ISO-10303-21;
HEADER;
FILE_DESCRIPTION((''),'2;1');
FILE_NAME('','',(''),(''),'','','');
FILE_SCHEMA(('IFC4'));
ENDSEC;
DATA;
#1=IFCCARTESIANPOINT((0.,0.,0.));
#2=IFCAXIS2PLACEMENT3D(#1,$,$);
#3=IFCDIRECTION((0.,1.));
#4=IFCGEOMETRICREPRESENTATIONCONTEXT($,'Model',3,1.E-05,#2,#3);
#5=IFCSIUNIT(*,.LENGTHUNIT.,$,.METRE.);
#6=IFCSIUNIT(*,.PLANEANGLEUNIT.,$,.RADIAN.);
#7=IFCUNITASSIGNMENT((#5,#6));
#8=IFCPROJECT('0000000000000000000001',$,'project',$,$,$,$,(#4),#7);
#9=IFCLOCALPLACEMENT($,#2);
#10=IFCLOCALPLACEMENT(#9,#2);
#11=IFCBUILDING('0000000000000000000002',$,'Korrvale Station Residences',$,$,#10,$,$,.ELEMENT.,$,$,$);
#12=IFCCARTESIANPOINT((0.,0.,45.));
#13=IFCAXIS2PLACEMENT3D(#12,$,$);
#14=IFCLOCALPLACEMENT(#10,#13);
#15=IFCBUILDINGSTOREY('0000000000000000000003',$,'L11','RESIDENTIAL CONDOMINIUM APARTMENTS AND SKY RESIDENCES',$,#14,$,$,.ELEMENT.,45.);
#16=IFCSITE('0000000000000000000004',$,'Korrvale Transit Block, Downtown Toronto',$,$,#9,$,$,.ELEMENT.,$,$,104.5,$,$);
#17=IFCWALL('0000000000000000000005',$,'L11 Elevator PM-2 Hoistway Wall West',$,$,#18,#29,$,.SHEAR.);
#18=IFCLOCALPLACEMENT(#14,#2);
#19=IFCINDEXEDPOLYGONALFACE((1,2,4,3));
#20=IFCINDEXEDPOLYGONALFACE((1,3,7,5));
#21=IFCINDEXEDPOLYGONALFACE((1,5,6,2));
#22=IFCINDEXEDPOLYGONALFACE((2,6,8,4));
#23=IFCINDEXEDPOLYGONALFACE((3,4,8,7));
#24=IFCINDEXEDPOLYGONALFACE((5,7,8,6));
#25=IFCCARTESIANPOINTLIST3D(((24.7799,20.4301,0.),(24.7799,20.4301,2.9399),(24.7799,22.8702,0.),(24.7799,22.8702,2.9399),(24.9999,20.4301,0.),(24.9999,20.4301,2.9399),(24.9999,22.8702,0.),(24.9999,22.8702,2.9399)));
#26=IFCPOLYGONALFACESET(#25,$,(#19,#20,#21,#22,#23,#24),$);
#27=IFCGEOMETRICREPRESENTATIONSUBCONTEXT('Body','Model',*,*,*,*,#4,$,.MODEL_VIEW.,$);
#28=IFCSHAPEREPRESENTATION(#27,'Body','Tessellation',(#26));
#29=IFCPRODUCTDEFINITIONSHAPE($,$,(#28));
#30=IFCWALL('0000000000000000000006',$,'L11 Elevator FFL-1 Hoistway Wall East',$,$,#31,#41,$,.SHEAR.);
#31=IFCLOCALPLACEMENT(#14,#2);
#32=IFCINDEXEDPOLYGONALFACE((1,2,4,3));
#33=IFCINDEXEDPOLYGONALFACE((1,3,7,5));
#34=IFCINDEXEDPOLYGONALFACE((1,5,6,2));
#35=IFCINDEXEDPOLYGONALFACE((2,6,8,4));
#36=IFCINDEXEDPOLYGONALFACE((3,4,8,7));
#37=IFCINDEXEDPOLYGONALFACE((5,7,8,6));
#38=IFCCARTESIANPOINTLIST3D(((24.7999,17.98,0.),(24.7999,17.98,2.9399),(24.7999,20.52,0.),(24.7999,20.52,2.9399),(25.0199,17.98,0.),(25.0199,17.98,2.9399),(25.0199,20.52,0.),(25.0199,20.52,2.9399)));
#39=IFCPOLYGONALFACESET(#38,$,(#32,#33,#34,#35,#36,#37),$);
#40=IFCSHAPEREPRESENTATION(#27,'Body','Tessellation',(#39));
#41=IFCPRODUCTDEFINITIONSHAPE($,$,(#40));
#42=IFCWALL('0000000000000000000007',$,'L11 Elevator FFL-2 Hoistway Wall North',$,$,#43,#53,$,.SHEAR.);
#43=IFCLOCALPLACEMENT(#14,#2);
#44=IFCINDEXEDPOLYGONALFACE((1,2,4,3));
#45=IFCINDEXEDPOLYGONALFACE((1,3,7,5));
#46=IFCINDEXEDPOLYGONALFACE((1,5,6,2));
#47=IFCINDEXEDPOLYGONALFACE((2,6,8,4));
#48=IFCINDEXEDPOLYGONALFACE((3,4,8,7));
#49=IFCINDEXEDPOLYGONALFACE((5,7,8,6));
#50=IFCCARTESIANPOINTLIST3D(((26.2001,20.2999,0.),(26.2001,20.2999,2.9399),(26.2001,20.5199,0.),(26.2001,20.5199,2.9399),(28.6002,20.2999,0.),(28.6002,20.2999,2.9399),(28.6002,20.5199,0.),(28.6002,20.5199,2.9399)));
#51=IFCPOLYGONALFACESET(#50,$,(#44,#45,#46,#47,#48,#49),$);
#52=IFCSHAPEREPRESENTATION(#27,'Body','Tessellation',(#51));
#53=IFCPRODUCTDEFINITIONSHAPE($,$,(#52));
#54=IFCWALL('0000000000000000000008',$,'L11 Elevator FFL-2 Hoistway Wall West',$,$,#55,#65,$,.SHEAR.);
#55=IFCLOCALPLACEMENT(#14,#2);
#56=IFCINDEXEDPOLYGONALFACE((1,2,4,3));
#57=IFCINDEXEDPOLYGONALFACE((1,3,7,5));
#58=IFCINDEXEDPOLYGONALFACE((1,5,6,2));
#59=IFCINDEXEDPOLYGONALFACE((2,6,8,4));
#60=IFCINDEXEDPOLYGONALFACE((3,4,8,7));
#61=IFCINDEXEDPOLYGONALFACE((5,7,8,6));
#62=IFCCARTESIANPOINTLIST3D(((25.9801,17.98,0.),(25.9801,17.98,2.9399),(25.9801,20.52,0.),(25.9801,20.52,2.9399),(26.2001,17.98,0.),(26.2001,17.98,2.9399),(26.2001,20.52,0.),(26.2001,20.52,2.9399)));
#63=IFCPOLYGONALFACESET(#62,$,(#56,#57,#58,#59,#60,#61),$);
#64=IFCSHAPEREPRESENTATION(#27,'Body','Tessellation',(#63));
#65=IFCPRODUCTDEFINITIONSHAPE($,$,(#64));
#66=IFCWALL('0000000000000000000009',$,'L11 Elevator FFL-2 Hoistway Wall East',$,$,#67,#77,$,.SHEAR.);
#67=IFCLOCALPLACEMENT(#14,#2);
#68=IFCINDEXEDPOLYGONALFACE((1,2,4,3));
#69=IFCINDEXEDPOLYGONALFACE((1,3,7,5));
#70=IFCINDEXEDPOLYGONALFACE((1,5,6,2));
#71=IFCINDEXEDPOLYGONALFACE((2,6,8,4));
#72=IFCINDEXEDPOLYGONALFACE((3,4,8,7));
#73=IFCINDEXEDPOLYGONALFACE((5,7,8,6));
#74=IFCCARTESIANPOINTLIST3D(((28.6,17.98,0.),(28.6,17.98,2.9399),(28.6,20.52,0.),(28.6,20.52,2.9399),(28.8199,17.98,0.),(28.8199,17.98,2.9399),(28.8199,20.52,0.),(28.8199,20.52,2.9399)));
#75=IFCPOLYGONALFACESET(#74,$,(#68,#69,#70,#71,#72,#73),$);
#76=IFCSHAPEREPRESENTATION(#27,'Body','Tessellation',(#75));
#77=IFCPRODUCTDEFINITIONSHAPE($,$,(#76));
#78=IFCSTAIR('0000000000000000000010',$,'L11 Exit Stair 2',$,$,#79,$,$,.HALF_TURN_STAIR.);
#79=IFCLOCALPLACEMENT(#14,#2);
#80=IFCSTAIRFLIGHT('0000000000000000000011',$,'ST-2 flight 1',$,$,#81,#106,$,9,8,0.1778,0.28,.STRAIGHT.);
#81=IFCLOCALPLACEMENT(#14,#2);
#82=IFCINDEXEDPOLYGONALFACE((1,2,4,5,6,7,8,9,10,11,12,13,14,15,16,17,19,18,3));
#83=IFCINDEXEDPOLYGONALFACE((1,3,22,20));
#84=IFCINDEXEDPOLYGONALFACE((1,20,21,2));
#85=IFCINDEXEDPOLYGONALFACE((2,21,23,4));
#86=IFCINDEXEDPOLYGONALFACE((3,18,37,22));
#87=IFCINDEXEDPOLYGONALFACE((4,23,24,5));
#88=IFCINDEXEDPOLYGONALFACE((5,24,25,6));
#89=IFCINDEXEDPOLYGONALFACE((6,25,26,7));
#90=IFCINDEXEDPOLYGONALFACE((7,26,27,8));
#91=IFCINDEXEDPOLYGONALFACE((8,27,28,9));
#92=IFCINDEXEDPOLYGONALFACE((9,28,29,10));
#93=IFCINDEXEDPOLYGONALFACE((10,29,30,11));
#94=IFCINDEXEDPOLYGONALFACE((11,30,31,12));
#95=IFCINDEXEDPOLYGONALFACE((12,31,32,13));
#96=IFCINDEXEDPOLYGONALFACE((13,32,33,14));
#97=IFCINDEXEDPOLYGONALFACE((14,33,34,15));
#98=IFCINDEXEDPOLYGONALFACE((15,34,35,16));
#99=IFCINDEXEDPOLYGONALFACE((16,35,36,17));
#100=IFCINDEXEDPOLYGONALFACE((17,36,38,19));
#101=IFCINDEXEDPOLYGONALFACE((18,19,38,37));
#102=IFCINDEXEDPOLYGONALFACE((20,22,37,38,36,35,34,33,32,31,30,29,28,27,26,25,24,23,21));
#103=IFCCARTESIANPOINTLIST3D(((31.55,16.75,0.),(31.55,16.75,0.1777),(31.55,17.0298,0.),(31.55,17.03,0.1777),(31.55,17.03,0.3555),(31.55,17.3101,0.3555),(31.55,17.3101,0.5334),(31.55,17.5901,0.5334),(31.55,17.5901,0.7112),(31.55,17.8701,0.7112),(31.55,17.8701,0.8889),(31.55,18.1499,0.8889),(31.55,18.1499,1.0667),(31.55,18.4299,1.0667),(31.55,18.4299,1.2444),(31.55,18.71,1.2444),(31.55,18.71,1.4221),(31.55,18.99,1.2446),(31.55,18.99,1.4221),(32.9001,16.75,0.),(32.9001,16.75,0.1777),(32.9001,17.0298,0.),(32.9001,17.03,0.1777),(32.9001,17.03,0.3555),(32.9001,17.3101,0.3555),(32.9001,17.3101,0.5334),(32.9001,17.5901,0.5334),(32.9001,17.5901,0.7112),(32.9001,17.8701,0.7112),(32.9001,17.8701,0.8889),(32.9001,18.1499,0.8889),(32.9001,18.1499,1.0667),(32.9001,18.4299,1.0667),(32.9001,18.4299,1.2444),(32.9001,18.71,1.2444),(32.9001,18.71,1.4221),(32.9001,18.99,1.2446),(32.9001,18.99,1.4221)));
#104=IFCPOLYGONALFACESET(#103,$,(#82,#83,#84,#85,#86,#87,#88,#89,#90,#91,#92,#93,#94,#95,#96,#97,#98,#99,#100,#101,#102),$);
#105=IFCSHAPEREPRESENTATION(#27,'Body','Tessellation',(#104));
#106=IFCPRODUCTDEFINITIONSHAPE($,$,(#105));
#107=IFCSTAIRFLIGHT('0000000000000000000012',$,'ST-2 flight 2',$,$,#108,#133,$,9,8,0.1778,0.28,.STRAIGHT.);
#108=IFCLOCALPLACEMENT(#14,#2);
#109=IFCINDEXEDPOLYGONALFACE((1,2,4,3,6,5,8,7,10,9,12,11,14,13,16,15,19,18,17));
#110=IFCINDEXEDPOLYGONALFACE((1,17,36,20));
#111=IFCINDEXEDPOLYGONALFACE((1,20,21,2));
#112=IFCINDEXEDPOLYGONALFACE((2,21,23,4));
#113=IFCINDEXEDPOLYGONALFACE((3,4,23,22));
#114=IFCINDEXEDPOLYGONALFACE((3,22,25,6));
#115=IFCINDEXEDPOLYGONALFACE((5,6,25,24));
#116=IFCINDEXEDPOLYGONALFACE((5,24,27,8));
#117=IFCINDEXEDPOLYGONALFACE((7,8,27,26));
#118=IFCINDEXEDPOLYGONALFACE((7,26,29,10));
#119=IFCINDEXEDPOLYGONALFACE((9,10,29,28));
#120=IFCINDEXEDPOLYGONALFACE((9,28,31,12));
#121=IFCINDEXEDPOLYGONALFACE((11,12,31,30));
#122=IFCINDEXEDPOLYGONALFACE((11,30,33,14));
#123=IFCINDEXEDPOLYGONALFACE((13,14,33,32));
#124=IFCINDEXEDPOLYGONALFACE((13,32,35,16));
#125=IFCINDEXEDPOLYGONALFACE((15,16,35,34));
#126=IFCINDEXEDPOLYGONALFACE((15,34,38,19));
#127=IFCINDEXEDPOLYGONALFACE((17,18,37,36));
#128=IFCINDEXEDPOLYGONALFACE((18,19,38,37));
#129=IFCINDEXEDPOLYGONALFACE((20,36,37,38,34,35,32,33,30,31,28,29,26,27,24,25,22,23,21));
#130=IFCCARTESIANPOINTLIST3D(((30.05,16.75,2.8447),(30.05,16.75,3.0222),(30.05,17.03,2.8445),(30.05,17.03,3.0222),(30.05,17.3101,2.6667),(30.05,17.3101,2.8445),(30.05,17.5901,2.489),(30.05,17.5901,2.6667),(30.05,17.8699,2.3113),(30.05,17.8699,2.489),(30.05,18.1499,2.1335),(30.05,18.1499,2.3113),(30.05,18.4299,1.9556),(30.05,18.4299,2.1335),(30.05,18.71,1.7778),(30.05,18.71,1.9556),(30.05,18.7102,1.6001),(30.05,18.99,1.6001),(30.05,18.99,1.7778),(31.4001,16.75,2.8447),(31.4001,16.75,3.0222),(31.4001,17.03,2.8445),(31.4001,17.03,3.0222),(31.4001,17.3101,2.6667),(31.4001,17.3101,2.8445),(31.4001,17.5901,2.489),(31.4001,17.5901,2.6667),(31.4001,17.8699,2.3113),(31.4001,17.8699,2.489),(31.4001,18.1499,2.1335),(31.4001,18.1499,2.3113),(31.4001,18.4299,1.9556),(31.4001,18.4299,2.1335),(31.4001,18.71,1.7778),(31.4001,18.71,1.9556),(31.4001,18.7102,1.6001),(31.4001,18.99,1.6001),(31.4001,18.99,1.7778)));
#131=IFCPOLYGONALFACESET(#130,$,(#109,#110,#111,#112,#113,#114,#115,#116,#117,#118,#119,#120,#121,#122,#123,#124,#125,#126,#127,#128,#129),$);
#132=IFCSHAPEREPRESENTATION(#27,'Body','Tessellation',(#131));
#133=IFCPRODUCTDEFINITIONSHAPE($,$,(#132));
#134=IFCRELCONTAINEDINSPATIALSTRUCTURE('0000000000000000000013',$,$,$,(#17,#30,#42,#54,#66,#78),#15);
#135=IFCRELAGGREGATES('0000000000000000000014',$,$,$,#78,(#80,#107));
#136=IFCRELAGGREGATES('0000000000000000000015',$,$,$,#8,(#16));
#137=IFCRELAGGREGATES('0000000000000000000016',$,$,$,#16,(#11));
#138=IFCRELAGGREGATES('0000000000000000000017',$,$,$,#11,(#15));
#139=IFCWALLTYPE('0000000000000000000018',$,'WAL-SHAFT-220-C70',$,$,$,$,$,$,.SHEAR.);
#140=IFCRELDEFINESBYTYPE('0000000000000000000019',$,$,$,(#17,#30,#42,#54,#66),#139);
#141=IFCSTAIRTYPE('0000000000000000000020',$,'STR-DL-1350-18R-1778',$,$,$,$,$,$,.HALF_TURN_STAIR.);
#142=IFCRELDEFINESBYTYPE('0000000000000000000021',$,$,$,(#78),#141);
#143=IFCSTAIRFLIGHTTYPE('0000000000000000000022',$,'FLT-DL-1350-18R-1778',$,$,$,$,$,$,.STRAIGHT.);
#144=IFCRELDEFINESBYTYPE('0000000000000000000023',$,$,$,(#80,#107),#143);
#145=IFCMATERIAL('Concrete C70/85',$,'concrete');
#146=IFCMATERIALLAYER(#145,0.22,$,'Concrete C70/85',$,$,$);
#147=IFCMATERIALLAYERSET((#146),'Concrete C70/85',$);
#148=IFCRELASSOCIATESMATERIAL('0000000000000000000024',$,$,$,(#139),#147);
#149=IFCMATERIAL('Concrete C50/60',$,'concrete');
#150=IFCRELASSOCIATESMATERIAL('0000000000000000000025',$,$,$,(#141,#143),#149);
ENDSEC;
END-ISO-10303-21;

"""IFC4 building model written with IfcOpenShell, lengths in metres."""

from ifc_helpers import new_model, si_unit, direction, frame, frame_2d, origin, place, context, subcontext, project, spatial, polyline, rectangle, outline, extrude, material, layer, layer_set, type_object, element, aggregate, save


model = new_model("IFC4")

# Units and contexts
model_context = context("Model", 3, precision=1e-05, world=origin(), true_north=direction((0.0, 1.0)))
body_context = subcontext(model_context, "Body", "Model", "MODEL_VIEW")
ifc_project = project(units=[si_unit("LENGTHUNIT", "METRE"), si_unit("PLANEANGLEUNIT", "RADIAN")], contexts=[model_context])

# Site, building, storey
site_placement = place(None, origin())
site = spatial("IfcSite", under=ifc_project, at=site_placement, Name="Korrvale Transit Block, Downtown Toronto", CompositionType="ELEMENT", RefElevation=104.5)
building_placement = place(site_placement, origin())
building = spatial("IfcBuilding", under=site, at=building_placement, Name="Korrvale Station Residences", CompositionType="ELEMENT")
storey_placement = place(building_placement, frame((0.0, 0.0, 45.0)))
storey = spatial("IfcBuildingStorey", under=building, at=storey_placement, Name="L11", Description="RESIDENTIAL CONDOMINIUM APARTMENTS AND SKY RESIDENCES", CompositionType="ELEMENT", Elevation=45.0)

# Shared definitions
ifc_material_1 = material(Name="Concrete C70/85", Category="concrete")

# Walls
ifc_layer_1 = layer(ifc_material_1, 0.22, Name="Concrete C70/85")
ifc_layer_set_1 = layer_set([ifc_layer_1], Name="Concrete C70/85")
wall_type_1 = type_object("IfcWallType", Name="WAL-SHAFT-220-C70", PredefinedType="SHEAR", material=ifc_layer_set_1)
for number, where, z_axis, x_axis, name in (
    (1, (24.8899, 20.4299, 0.0), (0.0, 0.0, 1.0), (0.0, 1.0, 0.0), "L11 Elevator PM-2 Hoistway Wall West"),
):
    element("IfcWall", number, at=place(storey_placement, frame(where, z_axis=z_axis, x_axis=x_axis)), inside=storey, type_object=wall_type_1, Name=name, PredefinedType="SHEAR", context=body_context, shape_type="SweptSolid", body=[
        extrude(rectangle(XDim=2.4402, YDim=0.22, at=frame_2d((1.2202, 0.0))), origin(), (0.0, 0.0, 1.0), 2.9399),
    ])
wall_1_placement = place(storey_placement, frame((24.9099, 17.98, 0.0), z_axis=(0.0, 0.0, 1.0), x_axis=(0.0, 1.0, 0.0)))
element("IfcWall", 2, at=wall_1_placement, inside=storey, type_object=wall_type_1, Name="L11 Elevator FFL-1 Hoistway Wall East", PredefinedType="SHEAR", context=body_context, shape_type="SweptSolid", body=[
    extrude(rectangle(XDim=2.54, YDim=0.22, at=frame_2d((1.27, 0.0))), origin(), (0.0, 0.0, 1.0), 2.9399),
])

# Walls
wall_2_placement = place(storey_placement, frame((26.2, 20.4099, 0.0), z_axis=(0.0, 0.0, 1.0), x_axis=(1.0, 0.0, 0.0)))
element("IfcWall", 3, at=wall_2_placement, inside=storey, type_object=wall_type_1, Name="L11 Elevator FFL-2 Hoistway Wall North", PredefinedType="SHEAR", context=body_context, shape_type="SweptSolid", body=[
    extrude(rectangle(XDim=2.4001, YDim=0.22, at=frame_2d((1.2002, 0.0))), origin(), (0.0, 0.0, 1.0), 2.9399),
])
for number, where, z_axis, x_axis, name in (
    (4, (26.0901, 17.98, 0.0), (0.0, 0.0, 1.0), (0.0, 1.0, 0.0), "L11 Elevator FFL-2 Hoistway Wall West"),
    (5, (28.71, 17.98, 0.0), (0.0, 0.0, 1.0), (0.0, 1.0, 0.0), "L11 Elevator FFL-2 Hoistway Wall East"),
):
    element("IfcWall", number, at=place(storey_placement, frame(where, z_axis=z_axis, x_axis=x_axis)), inside=storey, type_object=wall_type_1, Name=name, PredefinedType="SHEAR", context=body_context, shape_type="SweptSolid", body=[
        extrude(rectangle(XDim=2.54, YDim=0.22, at=frame_2d((1.27, 0.0))), origin(), (0.0, 0.0, 1.0), 2.9399),
    ])

# Stair, stair flights
ifc_material_2 = material(Name="Concrete C50/60", Category="concrete")
stair_type = type_object("IfcStairType", Name="STR-DL-1350-18R-1778", PredefinedType="HALF_TURN_STAIR", material=ifc_material_2)
stair_placement = place(storey_placement, origin())
stair = element("IfcStair", 6, at=stair_placement, inside=storey, type_object=stair_type, Name="L11 Exit Stair 2", PredefinedType="HALF_TURN_STAIR")
stair_flight_type = type_object("IfcStairFlightType", Name="FLT-DL-1350-18R-1778", PredefinedType="STRAIGHT", material=ifc_material_2)
stair_flight_1_placement = place(storey_placement, frame((32.2251, 16.75, 0.0), z_axis=(0.0, 0.0, 1.0), x_axis=(0.0, 1.0, 0.0)))
stair_flight_1 = element("IfcStairFlight", 7, at=stair_flight_1_placement, type_object=stair_flight_type, Name="ST-2 flight 1", NumberOfRisers=9, NumberOfTreads=8, PredefinedType="STRAIGHT", RiserHeight=0.1778, TreadLength=0.28, context=body_context, shape_type="SweptSolid", body=[
    extrude(outline(polyline([(0.0, 0.0), (0.0, 0.1777), (0.28, 0.1777), (0.28, 0.3555), (0.5601, 0.3555), (0.5601, 0.5334), (0.8401, 0.5334), (0.8401, 0.7112), (1.1201, 0.7112), (1.1201, 0.8889), (1.3999, 0.8889), (1.3999, 1.0667), (1.6799, 1.0667), (1.6799, 1.2444), (1.96, 1.2444), (1.96, 1.4221), (2.24, 1.4221), (2.24, 1.6001), (2.24, 1.2446), (0.2798, 0.0), (0.0, 0.0)])), frame((0.0, 0.675, 0.0), z_axis=(0.0, -1.0, 0.0), x_axis=(1.0, 0.0, 0.0)), (0.0, 0.0, 1.0), 1.3501),
])
stair_flight_2_placement = place(storey_placement, frame((30.7251, 18.99, 1.6001), z_axis=(0.0, 0.0, 1.0), x_axis=(0.0, -1.0, 0.0)))
stair_flight_2 = element("IfcStairFlight", 8, at=stair_flight_2_placement, type_object=stair_flight_type, Name="ST-2 flight 2", NumberOfRisers=9, NumberOfTreads=8, PredefinedType="STRAIGHT", RiserHeight=0.1778, TreadLength=0.28, context=body_context, shape_type="SweptSolid", body=[
    extrude(outline(polyline([(0.0, 0.0), (0.0, 0.1777), (0.28, 0.1777), (0.28, 0.3555), (0.5601, 0.3555), (0.5601, 0.5334), (0.8401, 0.5334), (0.8401, 0.7112), (1.1201, 0.7112), (1.1201, 0.8889), (1.3999, 0.8889), (1.3999, 1.0667), (1.6799, 1.0667), (1.6799, 1.2444), (1.96, 1.2444), (1.96, 1.4221), (2.24, 1.4221), (2.24, 1.6001), (2.24, 1.2446), (0.2798, 0.0), (0.0, 0.0)])), frame((0.0, 0.675, 0.0), z_axis=(0.0, -1.0, 0.0), x_axis=(1.0, 0.0, 0.0)), (0.0, 0.0, 1.0), 1.3501),
])
aggregate(stair, [stair_flight_1, stair_flight_2])

save(model, "model.ifc")
